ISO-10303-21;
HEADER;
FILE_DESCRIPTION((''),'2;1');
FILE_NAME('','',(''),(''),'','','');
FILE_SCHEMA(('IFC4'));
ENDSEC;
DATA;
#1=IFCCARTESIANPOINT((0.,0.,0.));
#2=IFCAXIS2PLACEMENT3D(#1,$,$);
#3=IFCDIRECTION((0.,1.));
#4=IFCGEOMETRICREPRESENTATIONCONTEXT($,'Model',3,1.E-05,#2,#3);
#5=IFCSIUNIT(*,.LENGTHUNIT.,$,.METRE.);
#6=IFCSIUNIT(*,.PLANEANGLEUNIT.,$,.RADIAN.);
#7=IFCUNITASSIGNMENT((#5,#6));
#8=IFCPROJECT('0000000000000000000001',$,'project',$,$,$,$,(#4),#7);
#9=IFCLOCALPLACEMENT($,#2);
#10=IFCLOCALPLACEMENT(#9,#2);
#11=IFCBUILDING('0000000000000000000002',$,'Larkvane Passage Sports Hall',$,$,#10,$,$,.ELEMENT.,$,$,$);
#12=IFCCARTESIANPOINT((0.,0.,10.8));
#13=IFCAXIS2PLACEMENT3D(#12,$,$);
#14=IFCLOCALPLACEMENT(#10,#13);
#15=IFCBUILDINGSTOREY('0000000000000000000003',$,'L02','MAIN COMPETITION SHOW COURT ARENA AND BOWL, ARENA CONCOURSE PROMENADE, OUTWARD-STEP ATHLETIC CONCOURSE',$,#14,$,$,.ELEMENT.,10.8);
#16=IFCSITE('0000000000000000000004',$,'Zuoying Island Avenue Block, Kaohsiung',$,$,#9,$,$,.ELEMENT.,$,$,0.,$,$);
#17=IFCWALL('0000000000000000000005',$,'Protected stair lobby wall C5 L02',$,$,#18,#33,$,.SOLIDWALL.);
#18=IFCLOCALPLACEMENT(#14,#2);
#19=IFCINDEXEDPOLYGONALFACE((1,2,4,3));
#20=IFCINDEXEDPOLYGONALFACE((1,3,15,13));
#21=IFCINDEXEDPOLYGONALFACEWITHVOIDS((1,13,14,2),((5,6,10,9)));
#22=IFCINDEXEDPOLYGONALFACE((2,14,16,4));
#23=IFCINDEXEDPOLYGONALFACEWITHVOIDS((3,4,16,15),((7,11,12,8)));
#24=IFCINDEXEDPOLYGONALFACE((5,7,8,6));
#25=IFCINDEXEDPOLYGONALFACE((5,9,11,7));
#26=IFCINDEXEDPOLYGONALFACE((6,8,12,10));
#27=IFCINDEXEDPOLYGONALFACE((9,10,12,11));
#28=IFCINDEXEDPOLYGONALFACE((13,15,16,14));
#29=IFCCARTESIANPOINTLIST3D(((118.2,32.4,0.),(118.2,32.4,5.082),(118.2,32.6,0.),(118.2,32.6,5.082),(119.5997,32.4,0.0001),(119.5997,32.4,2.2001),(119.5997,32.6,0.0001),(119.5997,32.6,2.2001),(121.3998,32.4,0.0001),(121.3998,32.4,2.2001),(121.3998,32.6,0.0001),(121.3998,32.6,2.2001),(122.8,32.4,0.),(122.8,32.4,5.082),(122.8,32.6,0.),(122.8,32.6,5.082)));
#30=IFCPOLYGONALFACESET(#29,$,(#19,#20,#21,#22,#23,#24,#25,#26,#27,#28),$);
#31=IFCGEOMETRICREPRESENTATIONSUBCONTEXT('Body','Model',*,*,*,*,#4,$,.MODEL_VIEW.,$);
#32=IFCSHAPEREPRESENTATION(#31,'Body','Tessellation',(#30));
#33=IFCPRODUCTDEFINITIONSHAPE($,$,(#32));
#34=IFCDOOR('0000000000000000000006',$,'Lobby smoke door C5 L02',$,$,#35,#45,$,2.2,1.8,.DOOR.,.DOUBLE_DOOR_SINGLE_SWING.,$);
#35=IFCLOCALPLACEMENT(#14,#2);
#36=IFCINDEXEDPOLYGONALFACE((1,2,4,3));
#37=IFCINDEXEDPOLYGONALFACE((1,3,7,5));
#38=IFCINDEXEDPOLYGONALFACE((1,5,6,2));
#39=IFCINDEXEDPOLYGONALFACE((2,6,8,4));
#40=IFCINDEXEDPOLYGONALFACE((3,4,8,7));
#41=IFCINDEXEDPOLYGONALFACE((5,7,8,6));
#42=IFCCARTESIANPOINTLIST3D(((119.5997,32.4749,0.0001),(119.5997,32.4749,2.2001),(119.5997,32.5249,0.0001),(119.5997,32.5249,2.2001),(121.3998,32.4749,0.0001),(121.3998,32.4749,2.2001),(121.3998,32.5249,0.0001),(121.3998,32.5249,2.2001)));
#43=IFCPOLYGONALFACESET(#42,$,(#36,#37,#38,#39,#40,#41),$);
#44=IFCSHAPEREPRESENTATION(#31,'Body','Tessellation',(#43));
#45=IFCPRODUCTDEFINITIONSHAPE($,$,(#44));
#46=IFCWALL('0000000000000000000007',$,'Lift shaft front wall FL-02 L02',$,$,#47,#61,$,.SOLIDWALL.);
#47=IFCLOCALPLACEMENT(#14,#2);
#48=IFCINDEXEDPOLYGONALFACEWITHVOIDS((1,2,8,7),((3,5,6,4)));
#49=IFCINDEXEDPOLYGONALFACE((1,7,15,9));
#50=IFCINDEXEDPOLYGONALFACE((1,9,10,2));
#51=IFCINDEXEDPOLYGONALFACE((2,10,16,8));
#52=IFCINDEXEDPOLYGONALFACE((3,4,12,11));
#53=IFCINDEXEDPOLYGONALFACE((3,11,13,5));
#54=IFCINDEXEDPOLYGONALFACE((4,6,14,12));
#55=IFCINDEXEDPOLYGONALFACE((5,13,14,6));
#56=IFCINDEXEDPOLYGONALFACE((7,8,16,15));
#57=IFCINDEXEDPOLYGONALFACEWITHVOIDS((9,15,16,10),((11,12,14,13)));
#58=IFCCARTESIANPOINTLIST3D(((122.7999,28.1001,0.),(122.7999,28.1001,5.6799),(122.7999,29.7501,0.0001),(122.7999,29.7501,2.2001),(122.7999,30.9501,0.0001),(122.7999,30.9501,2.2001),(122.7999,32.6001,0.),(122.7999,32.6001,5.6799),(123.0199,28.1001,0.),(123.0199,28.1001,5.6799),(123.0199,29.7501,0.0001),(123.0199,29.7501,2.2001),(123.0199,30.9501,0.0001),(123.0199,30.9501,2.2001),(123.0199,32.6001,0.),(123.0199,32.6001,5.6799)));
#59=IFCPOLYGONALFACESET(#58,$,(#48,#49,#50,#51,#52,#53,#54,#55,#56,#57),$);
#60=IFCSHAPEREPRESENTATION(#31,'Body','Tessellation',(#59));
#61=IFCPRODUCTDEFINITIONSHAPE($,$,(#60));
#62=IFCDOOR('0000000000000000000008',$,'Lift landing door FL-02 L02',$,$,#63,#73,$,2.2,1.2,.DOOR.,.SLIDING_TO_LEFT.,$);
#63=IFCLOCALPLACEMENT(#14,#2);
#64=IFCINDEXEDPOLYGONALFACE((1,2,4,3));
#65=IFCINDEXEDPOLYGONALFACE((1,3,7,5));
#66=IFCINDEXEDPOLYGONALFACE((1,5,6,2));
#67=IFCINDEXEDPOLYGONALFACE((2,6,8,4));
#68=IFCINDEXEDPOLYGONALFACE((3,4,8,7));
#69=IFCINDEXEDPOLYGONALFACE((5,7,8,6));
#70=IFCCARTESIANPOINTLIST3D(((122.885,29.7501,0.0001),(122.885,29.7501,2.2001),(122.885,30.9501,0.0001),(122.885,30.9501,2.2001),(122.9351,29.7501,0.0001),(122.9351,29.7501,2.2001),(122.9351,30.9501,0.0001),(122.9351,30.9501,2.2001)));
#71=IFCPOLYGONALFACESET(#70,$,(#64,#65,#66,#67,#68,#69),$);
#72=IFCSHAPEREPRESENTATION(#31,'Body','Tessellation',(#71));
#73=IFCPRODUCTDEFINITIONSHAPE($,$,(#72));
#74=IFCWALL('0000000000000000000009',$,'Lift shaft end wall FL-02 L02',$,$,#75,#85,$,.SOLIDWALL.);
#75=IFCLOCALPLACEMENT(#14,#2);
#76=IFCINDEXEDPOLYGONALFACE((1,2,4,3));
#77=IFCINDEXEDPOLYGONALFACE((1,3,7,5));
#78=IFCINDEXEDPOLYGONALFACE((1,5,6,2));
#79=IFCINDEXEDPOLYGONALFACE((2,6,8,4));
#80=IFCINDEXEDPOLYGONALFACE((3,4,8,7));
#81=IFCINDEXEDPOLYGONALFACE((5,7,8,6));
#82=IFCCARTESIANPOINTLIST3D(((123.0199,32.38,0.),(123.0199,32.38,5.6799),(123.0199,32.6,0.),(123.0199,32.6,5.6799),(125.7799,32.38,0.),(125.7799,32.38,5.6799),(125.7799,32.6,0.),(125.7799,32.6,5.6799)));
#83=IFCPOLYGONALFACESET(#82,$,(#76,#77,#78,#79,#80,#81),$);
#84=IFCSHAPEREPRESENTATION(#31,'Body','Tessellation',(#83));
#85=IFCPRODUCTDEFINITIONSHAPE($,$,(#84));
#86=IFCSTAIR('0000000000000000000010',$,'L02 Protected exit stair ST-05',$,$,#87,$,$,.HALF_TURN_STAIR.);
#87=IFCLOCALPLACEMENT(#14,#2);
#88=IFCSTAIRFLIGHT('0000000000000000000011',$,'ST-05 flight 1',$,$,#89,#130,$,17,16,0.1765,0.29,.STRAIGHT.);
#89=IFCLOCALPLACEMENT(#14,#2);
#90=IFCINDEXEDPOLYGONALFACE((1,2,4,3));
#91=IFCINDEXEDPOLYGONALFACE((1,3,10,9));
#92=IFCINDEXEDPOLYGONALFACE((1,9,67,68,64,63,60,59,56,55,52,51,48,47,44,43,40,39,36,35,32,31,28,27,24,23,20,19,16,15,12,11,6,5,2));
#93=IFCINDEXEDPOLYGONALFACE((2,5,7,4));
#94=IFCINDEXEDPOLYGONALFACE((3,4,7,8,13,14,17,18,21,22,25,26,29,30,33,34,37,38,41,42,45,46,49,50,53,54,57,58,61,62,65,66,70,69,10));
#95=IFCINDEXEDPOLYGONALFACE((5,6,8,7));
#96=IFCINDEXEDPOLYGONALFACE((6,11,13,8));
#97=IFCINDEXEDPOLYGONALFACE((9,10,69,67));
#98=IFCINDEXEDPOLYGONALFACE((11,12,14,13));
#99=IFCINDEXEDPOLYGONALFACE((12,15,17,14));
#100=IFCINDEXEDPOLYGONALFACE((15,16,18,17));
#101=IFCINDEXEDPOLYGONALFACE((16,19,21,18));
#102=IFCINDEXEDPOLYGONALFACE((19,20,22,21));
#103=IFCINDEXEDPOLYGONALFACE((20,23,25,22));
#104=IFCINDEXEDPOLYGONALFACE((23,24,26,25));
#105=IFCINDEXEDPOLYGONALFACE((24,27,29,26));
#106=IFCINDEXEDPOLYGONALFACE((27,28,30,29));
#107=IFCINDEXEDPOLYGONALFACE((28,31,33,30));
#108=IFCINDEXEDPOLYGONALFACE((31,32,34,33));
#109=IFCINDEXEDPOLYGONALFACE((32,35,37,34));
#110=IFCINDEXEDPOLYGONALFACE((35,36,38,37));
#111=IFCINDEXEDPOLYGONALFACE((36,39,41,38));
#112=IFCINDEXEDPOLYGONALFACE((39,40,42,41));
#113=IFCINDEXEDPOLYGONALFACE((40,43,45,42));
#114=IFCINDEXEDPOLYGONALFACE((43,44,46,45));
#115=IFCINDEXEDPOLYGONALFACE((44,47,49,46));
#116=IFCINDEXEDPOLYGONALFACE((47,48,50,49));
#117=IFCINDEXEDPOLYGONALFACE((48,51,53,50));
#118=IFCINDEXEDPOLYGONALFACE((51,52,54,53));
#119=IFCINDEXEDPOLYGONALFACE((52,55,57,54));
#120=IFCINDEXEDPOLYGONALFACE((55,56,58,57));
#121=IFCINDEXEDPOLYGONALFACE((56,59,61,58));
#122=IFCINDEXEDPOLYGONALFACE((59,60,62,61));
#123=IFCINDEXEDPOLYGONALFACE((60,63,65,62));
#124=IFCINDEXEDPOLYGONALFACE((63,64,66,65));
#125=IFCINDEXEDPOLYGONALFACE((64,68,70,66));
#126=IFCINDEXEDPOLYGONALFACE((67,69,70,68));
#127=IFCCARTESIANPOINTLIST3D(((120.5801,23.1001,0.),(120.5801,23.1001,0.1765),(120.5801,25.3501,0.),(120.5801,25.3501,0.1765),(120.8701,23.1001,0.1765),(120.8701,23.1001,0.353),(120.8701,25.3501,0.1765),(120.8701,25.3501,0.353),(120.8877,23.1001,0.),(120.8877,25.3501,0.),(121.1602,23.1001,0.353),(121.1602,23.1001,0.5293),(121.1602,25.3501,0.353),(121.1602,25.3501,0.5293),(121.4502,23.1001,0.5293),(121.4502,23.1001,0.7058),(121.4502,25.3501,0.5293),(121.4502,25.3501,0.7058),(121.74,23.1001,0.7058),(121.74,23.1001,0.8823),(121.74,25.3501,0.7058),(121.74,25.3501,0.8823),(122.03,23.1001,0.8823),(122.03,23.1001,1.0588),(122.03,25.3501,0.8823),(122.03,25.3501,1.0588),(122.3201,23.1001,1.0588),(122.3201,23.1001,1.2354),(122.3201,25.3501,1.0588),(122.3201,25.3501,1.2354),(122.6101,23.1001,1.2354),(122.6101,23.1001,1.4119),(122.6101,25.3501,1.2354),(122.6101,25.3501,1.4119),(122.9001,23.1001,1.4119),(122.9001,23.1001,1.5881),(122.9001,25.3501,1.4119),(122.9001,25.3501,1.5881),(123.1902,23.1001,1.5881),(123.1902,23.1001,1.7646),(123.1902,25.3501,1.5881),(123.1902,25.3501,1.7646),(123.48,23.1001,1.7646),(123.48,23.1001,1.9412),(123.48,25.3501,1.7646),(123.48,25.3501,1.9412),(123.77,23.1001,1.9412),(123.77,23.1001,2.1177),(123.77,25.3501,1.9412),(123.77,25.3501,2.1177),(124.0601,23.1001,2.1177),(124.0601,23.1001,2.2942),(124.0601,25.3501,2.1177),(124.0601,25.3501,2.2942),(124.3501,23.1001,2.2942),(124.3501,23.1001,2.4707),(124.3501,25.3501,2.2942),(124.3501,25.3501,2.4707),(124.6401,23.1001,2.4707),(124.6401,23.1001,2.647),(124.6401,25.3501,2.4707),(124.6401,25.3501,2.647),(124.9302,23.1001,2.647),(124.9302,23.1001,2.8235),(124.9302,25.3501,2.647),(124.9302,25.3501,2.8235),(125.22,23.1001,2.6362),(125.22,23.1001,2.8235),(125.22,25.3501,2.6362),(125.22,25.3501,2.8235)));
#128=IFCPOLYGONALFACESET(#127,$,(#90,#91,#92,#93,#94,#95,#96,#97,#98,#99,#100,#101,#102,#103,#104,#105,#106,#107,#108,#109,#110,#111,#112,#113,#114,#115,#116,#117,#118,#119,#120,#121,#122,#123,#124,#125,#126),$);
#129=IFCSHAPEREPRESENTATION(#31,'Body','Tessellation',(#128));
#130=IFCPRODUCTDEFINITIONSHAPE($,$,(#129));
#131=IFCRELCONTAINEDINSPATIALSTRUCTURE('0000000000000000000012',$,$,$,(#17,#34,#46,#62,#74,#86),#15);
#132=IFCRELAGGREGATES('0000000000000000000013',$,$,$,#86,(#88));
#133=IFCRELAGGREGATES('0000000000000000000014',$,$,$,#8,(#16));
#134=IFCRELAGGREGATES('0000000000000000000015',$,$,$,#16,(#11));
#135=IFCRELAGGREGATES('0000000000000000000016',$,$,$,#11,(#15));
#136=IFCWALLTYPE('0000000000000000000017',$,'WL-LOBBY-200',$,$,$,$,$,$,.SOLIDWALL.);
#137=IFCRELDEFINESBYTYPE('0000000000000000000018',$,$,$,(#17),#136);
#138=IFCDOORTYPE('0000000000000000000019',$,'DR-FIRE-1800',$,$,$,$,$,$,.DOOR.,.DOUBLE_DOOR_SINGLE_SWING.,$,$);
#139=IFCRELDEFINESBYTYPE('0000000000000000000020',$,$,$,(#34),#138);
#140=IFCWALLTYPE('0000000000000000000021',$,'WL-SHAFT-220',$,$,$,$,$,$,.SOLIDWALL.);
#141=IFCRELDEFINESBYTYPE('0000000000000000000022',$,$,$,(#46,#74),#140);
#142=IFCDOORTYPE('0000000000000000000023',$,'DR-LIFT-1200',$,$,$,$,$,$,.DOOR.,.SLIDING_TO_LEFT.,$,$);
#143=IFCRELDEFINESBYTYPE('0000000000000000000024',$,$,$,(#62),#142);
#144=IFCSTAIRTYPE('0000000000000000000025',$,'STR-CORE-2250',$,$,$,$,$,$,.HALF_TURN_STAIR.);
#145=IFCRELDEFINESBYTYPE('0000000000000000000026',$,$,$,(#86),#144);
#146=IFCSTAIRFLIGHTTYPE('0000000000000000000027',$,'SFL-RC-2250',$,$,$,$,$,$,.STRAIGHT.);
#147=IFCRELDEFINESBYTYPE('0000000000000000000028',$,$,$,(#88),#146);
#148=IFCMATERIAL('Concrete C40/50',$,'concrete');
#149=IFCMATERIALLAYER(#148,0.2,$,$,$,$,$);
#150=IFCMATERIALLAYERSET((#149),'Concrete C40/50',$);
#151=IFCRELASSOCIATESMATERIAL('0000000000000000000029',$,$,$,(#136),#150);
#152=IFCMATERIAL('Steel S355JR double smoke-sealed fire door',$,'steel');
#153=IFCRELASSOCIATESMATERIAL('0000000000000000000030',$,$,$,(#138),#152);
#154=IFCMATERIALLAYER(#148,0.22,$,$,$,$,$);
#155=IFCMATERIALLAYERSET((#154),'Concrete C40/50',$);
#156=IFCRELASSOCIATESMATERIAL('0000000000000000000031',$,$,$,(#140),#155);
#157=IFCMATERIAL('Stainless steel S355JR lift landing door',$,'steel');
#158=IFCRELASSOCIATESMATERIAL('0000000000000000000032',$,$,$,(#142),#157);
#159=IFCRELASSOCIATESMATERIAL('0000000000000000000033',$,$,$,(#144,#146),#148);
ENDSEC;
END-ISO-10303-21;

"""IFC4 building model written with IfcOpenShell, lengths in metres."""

from ifc_helpers import new_model, si_unit, direction, frame, frame_2d, origin, place, context, subcontext, project, spatial, polyline, rectangle, outline, extrude, material, layer, layer_set, type_object, element, fill, aggregate, save


model = new_model("IFC4")

# Units and contexts
model_context = context("Model", 3, precision=1e-05, world=origin(), true_north=direction((0.0, 1.0)))
body_context = subcontext(model_context, "Body", "Model", "MODEL_VIEW")
ifc_project = project(units=[si_unit("LENGTHUNIT", "METRE"), si_unit("PLANEANGLEUNIT", "RADIAN")], contexts=[model_context])

# Site, building, storey
site_placement = place(None, origin())
site = spatial("IfcSite", under=ifc_project, at=site_placement, Name="Zuoying Island Avenue Block, Kaohsiung", CompositionType="ELEMENT", RefElevation=0.0)
building_placement = place(site_placement, origin())
building = spatial("IfcBuilding", under=site, at=building_placement, Name="Larkvane Passage Sports Hall", CompositionType="ELEMENT")
storey_placement = place(building_placement, frame((0.0, 0.0, 10.8)))
storey = spatial("IfcBuildingStorey", under=building, at=storey_placement, Name="L02", Description="MAIN COMPETITION SHOW COURT ARENA AND BOWL, ARENA CONCOURSE PROMENADE, OUTWARD-STEP ATHLETIC CONCOURSE", CompositionType="ELEMENT", Elevation=10.8)

# Walls, openings, doors
ifc_material_1 = material(Name="Concrete C40/50", Category="concrete")
ifc_layer_1 = layer(ifc_material_1, 0.2)
ifc_layer_set_1 = layer_set([ifc_layer_1], Name="Concrete C40/50")
wall_type_1 = type_object("IfcWallType", Name="WL-LOBBY-200", PredefinedType="SOLIDWALL", material=ifc_layer_set_1)
wall_1_placement = place(storey_placement, frame((118.2, 32.5, 0.0), z_axis=(0.0, 0.0, 1.0), x_axis=(1.0, 0.0, 0.0)))
wall_1 = element("IfcWall", 1, at=wall_1_placement, inside=storey, type_object=wall_type_1, Name="Protected stair lobby wall C5 L02", PredefinedType="SOLIDWALL", context=body_context, shape_type="SweptSolid", body=[
    extrude(rectangle(XDim=4.6001, YDim=0.2, at=frame_2d((2.3, 0.0))), origin(), (0.0, 0.0, 1.0), 5.082),
])
opening_1_placement = place(wall_1_placement, frame((1.3999, 0.0, 0.0)))
opening_1 = element("IfcOpeningElement", 2, at=opening_1_placement, cuts=wall_1, PredefinedType="OPENING", context=body_context, shape_type="SweptSolid", body=[
    extrude(rectangle(XDim=1.8, YDim=2.2, at=frame_2d((0.8999, 1.1001))), frame((0.0, 0.1099, 0.0), z_axis=(0.0, -1.0, 0.0), x_axis=(1.0, 0.0, 0.0)), (0.0, 0.0, 1.0), 0.22),
])
ifc_material_2 = material(Name="Steel S355JR double smoke-sealed fire door", Category="steel")
door_type_1 = type_object("IfcDoorType", Name="DR-FIRE-1800", OperationType="DOUBLE_DOOR_SINGLE_SWING", PredefinedType="DOOR", material=ifc_material_2)
door_1_placement = place(opening_1_placement, origin())
door_1 = element("IfcDoor", 3, at=door_1_placement, inside=storey, type_object=door_type_1, Name="Lobby smoke door C5 L02", OperationType="DOUBLE_DOOR_SINGLE_SWING", OverallHeight=2.2, OverallWidth=1.8, PredefinedType="DOOR", context=body_context, shape_type="SweptSolid", body=[
    extrude(rectangle(XDim=1.8, YDim=2.2, at=frame_2d((0.8999, 1.1001))), frame((0.0, 0.0249, 0.0), z_axis=(0.0, -1.0, 0.0), x_axis=(1.0, 0.0, 0.0)), (0.0, 0.0, 1.0), 0.05),
])
fill(opening_1, door_1)
ifc_layer_2 = layer(ifc_material_1, 0.22)
ifc_layer_set_2 = layer_set([ifc_layer_2], Name="Concrete C40/50")
wall_type_2 = type_object("IfcWallType", Name="WL-SHAFT-220", PredefinedType="SOLIDWALL", material=ifc_layer_set_2)
wall_2_placement = place(storey_placement, frame((122.9099, 28.1001, 0.0), z_axis=(0.0, 0.0, 1.0), x_axis=(0.0, 1.0, 0.0)))
wall_2 = element("IfcWall", 4, at=wall_2_placement, inside=storey, type_object=wall_type_2, Name="Lift shaft front wall FL-02 L02", PredefinedType="SOLIDWALL", context=body_context, shape_type="SweptSolid", body=[
    extrude(rectangle(XDim=4.5, YDim=0.22, at=frame_2d((2.25, 0.0))), origin(), (0.0, 0.0, 1.0), 5.6799),
])
opening_2_placement = place(wall_2_placement, frame((1.6499, 0.0, 0.0)))
opening_2 = element("IfcOpeningElement", 5, at=opening_2_placement, cuts=wall_2, PredefinedType="OPENING", context=body_context, shape_type="SweptSolid", body=[
    extrude(rectangle(XDim=1.2, YDim=2.2, at=frame_2d((0.6001, 1.1001))), frame((0.0, 0.1199, 0.0), z_axis=(0.0, -1.0, 0.0), x_axis=(1.0, 0.0, 0.0)), (0.0, 0.0, 1.0), 0.24),
])
ifc_material_3 = material(Name="Stainless steel S355JR lift landing door", Category="steel")
door_type_2 = type_object("IfcDoorType", Name="DR-LIFT-1200", OperationType="SLIDING_TO_LEFT", PredefinedType="DOOR", material=ifc_material_3)
door_2_placement = place(opening_2_placement, origin())
door_2 = element("IfcDoor", 6, at=door_2_placement, inside=storey, type_object=door_type_2, Name="Lift landing door FL-02 L02", OperationType="SLIDING_TO_LEFT", OverallHeight=2.2, OverallWidth=1.2, PredefinedType="DOOR", context=body_context, shape_type="SweptSolid", body=[
    extrude(rectangle(XDim=1.2, YDim=2.2, at=frame_2d((0.6001, 1.1001))), frame((0.0, 0.0249, 0.0), z_axis=(0.0, -1.0, 0.0), x_axis=(1.0, 0.0, 0.0)), (0.0, 0.0, 1.0), 0.05),
])
fill(opening_2, door_2)

# Wall
wall_3_placement = place(storey_placement, frame((123.02, 32.49, 0.0), z_axis=(0.0, 0.0, 1.0), x_axis=(1.0, 0.0, 0.0)))
element("IfcWall", 7, at=wall_3_placement, inside=storey, type_object=wall_type_2, Name="Lift shaft end wall FL-02 L02", PredefinedType="SOLIDWALL", context=body_context, shape_type="SweptSolid", body=[
    extrude(rectangle(XDim=2.76, YDim=0.22, at=frame_2d((1.3799, 0.0))), origin(), (0.0, 0.0, 1.0), 5.6799),
])

# Stair, stair flight
stair_type = type_object("IfcStairType", Name="STR-CORE-2250", PredefinedType="HALF_TURN_STAIR", material=ifc_material_1)
stair_placement = place(storey_placement, origin())
stair = element("IfcStair", 8, at=stair_placement, inside=storey, type_object=stair_type, Name="L02 Protected exit stair ST-05", PredefinedType="HALF_TURN_STAIR")
stair_flight_type = type_object("IfcStairFlightType", Name="SFL-RC-2250", PredefinedType="STRAIGHT", material=ifc_material_1)
stair_flight_placement = place(storey_placement, frame((120.5801, 24.2251, 0.0), z_axis=(0.0, 0.0, 1.0), x_axis=(1.0, 0.0, 0.0)))
stair_flight = element("IfcStairFlight", 9, at=stair_flight_placement, type_object=stair_flight_type, Name="ST-05 flight 1", NumberOfRisers=17, NumberOfTreads=16, PredefinedType="STRAIGHT", RiserHeight=0.1765, TreadLength=0.29, context=body_context, shape_type="SweptSolid", body=[
    extrude(outline(polyline([(0.0, 0.0), (0.0, 0.1765), (0.29, 0.1765), (0.29, 0.353), (0.5801, 0.353), (0.5801, 0.5293), (0.8701, 0.5293), (0.8701, 0.7058), (1.1599, 0.7058), (1.1599, 0.8823), (1.45, 0.8823), (1.45, 1.0588), (1.74, 1.0588), (1.74, 1.2354), (2.03, 1.2354), (2.03, 1.4119), (2.3201, 1.4119), (2.3201, 1.5881), (2.6101, 1.5881), (2.6101, 1.7646), (2.8999, 1.7646), (2.8999, 1.9412), (3.1899, 1.9412), (3.1899, 2.1177), (3.48, 2.1177), (3.48, 2.2942), (3.77, 2.2942), (3.77, 2.4707), (4.0601, 2.4707), (4.0601, 2.647), (4.3501, 2.647), (4.3501, 2.8235), (4.6399, 2.8235), (4.6399, 3.0), (4.6399, 2.6362), (0.3076, 0.0), (0.0, 0.0)])), frame((0.0, 1.125, 0.0), z_axis=(0.0, -1.0, 0.0), x_axis=(1.0, 0.0, 0.0)), (0.0, 0.0, 1.0), 2.25),
])
aggregate(stair, [stair_flight])

save(model, "model.ifc")
